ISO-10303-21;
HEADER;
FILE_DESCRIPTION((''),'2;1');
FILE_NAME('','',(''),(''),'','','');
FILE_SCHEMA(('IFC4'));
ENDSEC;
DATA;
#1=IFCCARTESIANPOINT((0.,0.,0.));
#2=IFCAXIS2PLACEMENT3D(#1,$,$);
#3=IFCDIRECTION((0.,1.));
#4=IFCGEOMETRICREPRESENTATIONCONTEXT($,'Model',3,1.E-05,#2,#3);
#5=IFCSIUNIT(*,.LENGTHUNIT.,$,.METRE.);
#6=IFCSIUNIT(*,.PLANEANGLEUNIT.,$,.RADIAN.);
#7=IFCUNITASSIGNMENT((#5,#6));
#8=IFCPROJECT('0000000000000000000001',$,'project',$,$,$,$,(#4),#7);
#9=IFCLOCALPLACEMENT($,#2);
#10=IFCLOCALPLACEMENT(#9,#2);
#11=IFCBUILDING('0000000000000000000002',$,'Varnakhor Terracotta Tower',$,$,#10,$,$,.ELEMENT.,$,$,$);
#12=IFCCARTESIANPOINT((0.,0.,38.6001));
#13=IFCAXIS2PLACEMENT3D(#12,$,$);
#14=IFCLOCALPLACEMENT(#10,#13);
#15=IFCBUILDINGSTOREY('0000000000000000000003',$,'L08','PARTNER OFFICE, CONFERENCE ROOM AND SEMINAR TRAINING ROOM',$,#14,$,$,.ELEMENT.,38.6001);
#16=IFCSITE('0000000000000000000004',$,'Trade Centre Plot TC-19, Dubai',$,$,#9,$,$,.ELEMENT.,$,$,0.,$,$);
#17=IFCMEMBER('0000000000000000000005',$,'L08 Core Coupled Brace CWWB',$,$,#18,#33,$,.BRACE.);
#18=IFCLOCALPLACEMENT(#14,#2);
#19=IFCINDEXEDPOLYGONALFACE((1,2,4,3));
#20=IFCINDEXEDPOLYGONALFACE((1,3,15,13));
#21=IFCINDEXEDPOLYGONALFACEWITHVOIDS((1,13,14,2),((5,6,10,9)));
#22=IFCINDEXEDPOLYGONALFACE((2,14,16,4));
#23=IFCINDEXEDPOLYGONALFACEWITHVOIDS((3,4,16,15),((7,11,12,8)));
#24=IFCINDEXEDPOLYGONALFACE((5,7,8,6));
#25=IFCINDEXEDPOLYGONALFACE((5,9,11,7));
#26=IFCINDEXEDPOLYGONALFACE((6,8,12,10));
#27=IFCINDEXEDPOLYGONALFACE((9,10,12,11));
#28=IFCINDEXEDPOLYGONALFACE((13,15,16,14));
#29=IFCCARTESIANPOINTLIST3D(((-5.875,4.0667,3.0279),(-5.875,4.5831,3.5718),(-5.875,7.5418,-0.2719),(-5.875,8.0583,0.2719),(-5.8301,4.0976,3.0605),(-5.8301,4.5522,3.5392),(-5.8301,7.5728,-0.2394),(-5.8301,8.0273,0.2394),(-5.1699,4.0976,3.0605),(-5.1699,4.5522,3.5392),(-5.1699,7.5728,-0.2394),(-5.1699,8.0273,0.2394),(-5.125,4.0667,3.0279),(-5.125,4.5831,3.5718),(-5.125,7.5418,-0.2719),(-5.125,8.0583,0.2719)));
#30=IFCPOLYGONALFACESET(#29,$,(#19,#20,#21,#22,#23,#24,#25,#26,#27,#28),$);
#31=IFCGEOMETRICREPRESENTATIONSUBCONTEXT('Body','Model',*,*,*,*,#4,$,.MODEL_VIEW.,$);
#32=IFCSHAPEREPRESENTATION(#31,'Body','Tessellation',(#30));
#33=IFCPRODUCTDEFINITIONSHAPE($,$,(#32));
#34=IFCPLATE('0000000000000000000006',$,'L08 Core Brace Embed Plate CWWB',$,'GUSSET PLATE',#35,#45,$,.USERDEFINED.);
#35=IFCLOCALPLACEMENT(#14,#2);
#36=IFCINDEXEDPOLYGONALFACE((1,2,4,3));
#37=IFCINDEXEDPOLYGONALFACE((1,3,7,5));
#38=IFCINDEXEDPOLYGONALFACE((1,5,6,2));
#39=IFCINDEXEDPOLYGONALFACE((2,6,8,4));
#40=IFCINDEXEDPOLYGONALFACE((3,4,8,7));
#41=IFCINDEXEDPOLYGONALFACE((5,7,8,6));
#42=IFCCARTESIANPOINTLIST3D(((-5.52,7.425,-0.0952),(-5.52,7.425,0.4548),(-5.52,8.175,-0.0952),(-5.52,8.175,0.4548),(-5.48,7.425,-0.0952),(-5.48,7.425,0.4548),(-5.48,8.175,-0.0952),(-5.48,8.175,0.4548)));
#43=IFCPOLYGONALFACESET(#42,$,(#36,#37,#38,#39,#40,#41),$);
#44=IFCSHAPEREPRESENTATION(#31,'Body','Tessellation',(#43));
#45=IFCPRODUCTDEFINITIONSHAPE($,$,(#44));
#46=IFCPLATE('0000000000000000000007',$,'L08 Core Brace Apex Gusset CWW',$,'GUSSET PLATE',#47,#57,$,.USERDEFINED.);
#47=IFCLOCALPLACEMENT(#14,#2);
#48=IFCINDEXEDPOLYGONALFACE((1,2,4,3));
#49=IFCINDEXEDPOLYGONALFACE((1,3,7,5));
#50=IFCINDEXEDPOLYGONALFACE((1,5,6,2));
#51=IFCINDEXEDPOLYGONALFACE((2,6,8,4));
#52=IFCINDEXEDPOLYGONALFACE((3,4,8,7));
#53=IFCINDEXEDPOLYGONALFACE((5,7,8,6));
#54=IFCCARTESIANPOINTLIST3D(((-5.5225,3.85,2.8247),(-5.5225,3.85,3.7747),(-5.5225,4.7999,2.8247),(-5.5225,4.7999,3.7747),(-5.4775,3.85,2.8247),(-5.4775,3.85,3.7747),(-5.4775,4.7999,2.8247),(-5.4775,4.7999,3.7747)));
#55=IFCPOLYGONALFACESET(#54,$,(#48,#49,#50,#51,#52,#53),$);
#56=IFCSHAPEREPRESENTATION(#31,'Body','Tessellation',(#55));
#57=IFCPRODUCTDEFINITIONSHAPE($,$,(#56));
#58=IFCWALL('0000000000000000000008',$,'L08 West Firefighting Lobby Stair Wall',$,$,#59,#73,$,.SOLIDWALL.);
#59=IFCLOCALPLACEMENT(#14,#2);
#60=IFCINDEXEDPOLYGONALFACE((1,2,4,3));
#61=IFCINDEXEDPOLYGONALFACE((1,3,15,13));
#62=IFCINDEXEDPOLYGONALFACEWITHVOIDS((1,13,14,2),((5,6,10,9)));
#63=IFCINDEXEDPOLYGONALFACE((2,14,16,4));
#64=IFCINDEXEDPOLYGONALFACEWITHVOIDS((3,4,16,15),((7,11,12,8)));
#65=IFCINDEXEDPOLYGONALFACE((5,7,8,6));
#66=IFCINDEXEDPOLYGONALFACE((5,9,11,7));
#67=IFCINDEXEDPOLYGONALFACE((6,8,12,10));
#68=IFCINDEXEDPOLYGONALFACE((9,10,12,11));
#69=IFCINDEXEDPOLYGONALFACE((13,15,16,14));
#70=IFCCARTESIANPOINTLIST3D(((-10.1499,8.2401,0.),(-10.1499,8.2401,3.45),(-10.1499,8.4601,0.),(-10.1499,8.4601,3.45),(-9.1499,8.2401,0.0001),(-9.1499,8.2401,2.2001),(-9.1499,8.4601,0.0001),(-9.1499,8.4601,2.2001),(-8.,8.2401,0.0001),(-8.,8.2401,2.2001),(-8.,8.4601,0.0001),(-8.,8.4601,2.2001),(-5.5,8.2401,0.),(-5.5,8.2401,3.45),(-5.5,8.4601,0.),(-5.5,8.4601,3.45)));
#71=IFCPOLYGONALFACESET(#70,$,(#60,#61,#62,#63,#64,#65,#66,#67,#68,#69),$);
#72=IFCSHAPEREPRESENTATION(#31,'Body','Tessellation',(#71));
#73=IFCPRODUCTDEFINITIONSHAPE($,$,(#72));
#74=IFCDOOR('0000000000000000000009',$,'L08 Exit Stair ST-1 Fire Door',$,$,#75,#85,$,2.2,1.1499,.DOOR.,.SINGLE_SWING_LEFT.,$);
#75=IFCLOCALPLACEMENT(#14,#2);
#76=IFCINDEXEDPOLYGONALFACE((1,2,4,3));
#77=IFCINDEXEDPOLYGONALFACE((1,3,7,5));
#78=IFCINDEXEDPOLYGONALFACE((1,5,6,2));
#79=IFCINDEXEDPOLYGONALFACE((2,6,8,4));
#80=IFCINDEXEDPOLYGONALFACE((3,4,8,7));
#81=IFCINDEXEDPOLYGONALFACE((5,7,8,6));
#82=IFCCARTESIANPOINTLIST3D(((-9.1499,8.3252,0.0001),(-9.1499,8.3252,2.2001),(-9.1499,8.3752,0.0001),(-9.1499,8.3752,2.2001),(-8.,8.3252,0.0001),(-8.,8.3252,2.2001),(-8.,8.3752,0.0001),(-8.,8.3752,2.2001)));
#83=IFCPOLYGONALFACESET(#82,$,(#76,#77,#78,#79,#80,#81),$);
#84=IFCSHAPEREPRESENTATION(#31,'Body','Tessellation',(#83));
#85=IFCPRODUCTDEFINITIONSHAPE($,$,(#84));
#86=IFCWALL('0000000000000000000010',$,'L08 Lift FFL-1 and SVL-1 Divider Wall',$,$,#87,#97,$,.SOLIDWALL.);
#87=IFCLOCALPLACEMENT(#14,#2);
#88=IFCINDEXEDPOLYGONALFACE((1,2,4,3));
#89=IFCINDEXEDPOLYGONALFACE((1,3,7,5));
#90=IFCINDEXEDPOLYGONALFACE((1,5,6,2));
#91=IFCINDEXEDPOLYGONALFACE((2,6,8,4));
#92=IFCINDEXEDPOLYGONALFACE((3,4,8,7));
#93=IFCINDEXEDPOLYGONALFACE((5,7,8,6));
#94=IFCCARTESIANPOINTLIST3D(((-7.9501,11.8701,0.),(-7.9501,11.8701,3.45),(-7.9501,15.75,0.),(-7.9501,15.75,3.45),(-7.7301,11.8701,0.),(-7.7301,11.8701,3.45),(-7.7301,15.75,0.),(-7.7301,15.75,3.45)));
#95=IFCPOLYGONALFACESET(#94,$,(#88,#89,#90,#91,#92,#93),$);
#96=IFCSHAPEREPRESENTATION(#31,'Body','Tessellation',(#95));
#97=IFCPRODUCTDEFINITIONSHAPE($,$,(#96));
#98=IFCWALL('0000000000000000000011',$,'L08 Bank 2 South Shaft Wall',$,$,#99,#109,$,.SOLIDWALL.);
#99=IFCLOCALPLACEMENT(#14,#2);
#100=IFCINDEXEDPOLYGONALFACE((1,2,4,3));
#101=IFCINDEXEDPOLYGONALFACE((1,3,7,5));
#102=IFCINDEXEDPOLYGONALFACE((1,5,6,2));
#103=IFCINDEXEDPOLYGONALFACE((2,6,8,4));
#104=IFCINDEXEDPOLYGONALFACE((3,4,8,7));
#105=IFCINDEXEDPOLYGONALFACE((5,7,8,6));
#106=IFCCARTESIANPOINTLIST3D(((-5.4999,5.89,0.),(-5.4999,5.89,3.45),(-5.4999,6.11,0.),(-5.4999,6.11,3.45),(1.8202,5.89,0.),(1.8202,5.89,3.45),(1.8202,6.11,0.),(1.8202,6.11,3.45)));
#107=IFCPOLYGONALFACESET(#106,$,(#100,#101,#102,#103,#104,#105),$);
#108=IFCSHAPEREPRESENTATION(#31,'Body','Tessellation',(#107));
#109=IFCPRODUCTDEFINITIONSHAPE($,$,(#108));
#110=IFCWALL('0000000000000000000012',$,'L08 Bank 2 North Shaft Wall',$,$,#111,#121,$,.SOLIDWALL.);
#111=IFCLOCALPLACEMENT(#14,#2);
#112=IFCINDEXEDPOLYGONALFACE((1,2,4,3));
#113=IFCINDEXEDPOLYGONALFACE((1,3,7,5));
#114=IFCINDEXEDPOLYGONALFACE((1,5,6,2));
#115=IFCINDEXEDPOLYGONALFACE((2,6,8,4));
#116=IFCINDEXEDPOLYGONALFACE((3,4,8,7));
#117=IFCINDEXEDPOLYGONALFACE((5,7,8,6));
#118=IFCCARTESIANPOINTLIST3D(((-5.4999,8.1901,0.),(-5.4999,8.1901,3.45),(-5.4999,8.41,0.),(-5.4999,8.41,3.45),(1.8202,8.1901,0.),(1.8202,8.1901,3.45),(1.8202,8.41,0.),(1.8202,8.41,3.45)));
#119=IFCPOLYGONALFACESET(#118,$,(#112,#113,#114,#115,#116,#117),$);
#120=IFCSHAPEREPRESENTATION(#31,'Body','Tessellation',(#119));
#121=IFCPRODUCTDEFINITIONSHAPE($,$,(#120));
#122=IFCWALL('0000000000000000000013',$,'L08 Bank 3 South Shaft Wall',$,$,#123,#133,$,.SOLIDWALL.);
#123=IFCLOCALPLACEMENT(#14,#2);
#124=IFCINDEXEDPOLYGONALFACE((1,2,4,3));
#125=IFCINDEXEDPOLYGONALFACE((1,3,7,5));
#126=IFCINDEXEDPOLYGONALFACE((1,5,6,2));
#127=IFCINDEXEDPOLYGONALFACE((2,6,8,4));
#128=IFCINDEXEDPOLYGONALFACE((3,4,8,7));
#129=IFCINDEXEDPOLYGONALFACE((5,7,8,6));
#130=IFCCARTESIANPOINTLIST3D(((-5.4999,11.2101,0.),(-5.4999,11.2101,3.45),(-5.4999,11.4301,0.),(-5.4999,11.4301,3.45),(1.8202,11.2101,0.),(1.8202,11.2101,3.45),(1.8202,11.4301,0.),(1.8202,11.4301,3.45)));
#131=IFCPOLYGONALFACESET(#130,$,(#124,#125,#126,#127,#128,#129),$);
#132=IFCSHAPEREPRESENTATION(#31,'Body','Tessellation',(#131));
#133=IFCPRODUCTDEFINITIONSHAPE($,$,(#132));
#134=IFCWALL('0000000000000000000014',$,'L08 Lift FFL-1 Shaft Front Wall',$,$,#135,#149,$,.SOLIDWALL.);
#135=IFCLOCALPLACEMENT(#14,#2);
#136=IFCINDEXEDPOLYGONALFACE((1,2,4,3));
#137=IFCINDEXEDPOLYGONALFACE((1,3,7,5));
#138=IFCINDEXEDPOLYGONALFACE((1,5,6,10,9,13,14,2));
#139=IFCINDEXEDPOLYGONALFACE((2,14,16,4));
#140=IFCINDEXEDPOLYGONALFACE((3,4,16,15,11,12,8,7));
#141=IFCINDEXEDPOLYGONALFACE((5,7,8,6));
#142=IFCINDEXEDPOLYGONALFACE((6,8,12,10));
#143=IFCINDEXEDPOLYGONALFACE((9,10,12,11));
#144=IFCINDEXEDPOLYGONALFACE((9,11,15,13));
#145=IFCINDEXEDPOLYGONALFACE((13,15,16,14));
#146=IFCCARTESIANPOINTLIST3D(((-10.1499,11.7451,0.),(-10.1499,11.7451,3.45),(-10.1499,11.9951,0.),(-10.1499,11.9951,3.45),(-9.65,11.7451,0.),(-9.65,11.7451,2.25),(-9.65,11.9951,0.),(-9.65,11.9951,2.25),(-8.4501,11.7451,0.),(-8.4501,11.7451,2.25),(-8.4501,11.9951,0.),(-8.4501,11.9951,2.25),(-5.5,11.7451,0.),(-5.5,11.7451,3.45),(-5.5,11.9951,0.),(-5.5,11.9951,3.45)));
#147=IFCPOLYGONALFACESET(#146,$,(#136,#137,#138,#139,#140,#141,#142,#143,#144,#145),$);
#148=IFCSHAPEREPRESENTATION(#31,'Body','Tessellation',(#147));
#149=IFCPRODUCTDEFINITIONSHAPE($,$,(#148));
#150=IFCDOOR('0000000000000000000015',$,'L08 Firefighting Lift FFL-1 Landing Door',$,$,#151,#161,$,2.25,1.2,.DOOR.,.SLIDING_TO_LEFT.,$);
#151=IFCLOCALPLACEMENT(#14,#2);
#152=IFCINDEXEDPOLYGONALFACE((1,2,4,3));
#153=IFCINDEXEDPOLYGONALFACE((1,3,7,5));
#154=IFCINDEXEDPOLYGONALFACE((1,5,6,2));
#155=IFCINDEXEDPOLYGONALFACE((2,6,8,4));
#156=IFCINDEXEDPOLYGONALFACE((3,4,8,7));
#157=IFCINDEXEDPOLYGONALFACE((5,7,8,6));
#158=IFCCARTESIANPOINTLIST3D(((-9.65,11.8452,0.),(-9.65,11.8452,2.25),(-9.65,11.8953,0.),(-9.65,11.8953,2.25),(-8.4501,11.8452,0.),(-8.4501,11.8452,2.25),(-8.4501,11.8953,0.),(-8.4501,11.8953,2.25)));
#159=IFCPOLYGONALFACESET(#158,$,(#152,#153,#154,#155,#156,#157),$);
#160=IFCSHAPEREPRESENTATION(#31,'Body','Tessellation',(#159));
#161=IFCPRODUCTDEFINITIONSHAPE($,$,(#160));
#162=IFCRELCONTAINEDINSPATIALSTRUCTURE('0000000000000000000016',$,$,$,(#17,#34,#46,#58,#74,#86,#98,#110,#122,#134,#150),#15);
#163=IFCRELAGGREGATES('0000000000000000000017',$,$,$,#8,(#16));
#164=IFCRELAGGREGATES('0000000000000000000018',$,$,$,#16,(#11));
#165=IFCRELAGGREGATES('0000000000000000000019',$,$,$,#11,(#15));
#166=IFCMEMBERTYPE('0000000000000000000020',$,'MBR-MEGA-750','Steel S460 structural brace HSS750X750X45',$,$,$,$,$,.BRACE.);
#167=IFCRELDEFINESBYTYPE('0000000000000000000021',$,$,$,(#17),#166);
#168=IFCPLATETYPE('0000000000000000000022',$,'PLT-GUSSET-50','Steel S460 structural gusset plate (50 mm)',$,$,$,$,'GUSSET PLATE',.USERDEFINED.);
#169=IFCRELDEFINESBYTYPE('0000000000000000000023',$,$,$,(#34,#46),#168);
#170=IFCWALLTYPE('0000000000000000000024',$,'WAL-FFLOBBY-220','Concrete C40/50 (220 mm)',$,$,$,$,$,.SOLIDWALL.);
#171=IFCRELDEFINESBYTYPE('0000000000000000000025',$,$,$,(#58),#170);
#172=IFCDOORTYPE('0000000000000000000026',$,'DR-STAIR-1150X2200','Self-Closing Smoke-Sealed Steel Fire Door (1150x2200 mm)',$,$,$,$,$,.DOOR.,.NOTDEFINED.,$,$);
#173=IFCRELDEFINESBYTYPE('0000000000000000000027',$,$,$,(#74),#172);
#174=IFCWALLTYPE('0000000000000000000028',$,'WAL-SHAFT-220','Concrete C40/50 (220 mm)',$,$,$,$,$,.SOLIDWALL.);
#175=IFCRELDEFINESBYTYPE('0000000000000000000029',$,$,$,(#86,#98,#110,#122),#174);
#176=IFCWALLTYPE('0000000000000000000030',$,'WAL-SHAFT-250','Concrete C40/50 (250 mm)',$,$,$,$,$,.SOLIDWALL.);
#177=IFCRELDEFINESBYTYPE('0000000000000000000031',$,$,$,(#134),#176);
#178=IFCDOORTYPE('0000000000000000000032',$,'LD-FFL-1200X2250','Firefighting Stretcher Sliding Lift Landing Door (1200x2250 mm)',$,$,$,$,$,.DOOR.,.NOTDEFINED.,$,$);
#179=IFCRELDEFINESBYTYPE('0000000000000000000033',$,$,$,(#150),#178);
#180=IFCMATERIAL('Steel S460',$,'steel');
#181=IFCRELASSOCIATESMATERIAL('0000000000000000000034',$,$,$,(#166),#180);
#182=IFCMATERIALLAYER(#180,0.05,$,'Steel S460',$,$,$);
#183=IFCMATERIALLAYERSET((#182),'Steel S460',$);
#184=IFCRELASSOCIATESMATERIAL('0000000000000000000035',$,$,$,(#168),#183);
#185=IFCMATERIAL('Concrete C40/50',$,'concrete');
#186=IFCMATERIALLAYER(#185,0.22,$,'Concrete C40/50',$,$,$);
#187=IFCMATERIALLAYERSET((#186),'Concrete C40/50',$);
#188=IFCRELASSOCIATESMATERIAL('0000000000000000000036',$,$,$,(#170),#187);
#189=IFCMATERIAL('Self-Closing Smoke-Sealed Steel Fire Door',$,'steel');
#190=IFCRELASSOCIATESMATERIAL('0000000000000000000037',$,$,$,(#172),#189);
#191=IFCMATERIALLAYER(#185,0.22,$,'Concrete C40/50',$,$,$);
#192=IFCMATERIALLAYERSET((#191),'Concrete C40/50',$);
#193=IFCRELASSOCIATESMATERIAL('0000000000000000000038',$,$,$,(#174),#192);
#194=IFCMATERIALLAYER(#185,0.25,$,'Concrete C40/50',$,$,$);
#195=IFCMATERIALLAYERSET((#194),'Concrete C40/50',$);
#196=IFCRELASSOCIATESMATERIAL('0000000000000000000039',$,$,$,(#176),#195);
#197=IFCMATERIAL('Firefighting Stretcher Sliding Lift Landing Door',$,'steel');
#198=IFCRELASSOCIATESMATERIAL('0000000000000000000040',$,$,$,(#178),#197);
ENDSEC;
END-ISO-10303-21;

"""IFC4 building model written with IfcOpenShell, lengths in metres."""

from ifc_helpers import new_model, si_unit, direction, frame, frame_2d, origin, origin_2d, place, context, subcontext, project, spatial, rectangle, hollow_rectangle, extrude, source, transform, mapped, material, layer, layer_set, material_profile, profile_set, type_object, type_shapes, element, fill, save


model = new_model("IFC4")

# Units and contexts
model_context = context("Model", 3, precision=1e-05, world=origin(), true_north=direction((0.0, 1.0)))
body_context = subcontext(model_context, "Body", "Model", "MODEL_VIEW")
ifc_project = project(units=[si_unit("LENGTHUNIT", "METRE"), si_unit("PLANEANGLEUNIT", "RADIAN")], contexts=[model_context])

# Site, building, storey
site_placement = place(None, origin())
site = spatial("IfcSite", under=ifc_project, at=site_placement, Name="Trade Centre Plot TC-19, Dubai", CompositionType="ELEMENT", RefElevation=0.0)
building_placement = place(site_placement, origin())
building = spatial("IfcBuilding", under=site, at=building_placement, Name="Varnakhor Terracotta Tower", CompositionType="ELEMENT")
storey_placement = place(building_placement, frame((0.0, 0.0, 38.6001)))
storey = spatial("IfcBuildingStorey", under=building, at=storey_placement, Name="L08", Description="PARTNER OFFICE, CONFERENCE ROOM AND SEMINAR TRAINING ROOM", CompositionType="ELEMENT", Elevation=38.6001)

# Member
ifc_material_1 = material(Name="Steel S460", Category="steel")
ifc_material_profile = material_profile(ifc_material_1, hollow_rectangle(XDim=0.75, YDim=0.75, WallThickness=0.0449, at=origin_2d()), Name="HSS750X750X45")
ifc_profile_set = profile_set([ifc_material_profile], Name="Steel S460")
member_type = type_object("IfcMemberType", Name="MBR-MEGA-750", Description="Steel S460 structural brace HSS750X750X45", PredefinedType="BRACE", material=ifc_profile_set)
shared_shape_1 = source(origin(), body_context, "Body", "SweptSolid", [
    extrude(hollow_rectangle(XDim=0.75, YDim=0.75, WallThickness=0.0449, at=origin_2d()), origin(), (0.0, 0.0, 1.0), 4.7922),
])
member_placement = place(storey_placement, frame((-5.5, 7.8, 0.0), z_axis=(0.0, -0.72516, 0.688581), x_axis=(1.0, 0.0, 0.0)))
element("IfcMember", 1, at=member_placement, inside=storey, type_object=member_type, Name="L08 Core Coupled Brace CWWB", PredefinedType="BRACE", context=body_context, shape_type="MappedRepresentation", body=[
    mapped(shared_shape_1, transform((0.0, 0.0, 0.0), scale=1.0)),
])

# Plates
ifc_layer_1 = layer(ifc_material_1, 0.05, Name="Steel S460")
ifc_layer_set_1 = layer_set([ifc_layer_1], Name="Steel S460")
plate_type = type_object("IfcPlateType", Name="PLT-GUSSET-50", Description="Steel S460 structural gusset plate (50 mm)", ElementType="GUSSET PLATE", PredefinedType="USERDEFINED", material=ifc_layer_set_1)
shared_shape_2 = source(origin(), body_context, "Body", "SweptSolid", [
    extrude(rectangle(XDim=0.75, YDim=0.04, at=origin_2d()), origin(), (0.0, 0.0, 1.0), 0.55),
])
type_shapes(plate_type, [shared_shape_2])
plate_1_placement = place(storey_placement, frame((-5.5, 7.8, -0.0952), z_axis=(0.0, 0.0, 1.0), x_axis=(0.0, 1.0, 0.0)))
element("IfcPlate", 2, at=plate_1_placement, inside=storey, type_object=plate_type, Name="L08 Core Brace Embed Plate CWWB", ObjectType="GUSSET PLATE", PredefinedType="USERDEFINED", context=body_context, shape_type="MappedRepresentation", body=[
    mapped(shared_shape_2, transform((0.0, 0.0, 0.0), scale=1.0)),
])
shared_shape_3 = source(origin(), body_context, "Body", "SweptSolid", [
    extrude(rectangle(XDim=0.95, YDim=0.0449, at=origin_2d()), origin(), (0.0, 0.0, 1.0), 0.95),
])
plate_2_placement = place(storey_placement, frame((-5.5, 4.325, 2.8247), z_axis=(0.0, 0.0, 1.0), x_axis=(0.0, 1.0, 0.0)))
element("IfcPlate", 3, at=plate_2_placement, inside=storey, type_object=plate_type, Name="L08 Core Brace Apex Gusset CWW", ObjectType="GUSSET PLATE", PredefinedType="USERDEFINED", context=body_context, shape_type="MappedRepresentation", body=[
    mapped(shared_shape_3, transform((0.0, 0.0, 0.0), scale=1.0)),
])

# Wall, opening, door
ifc_material_2 = material(Name="Concrete C40/50", Category="concrete")
ifc_layer_2 = layer(ifc_material_2, 0.22, Name="Concrete C40/50")
ifc_layer_set_2 = layer_set([ifc_layer_2], Name="Concrete C40/50")
wall_type_1 = type_object("IfcWallType", Name="WAL-FFLOBBY-220", Description="Concrete C40/50 (220 mm)", PredefinedType="SOLIDWALL", material=ifc_layer_set_2)
wall_1_placement = place(storey_placement, frame((-5.5, 8.3501, 0.0), z_axis=(0.0, 0.0, 1.0), x_axis=(-1.0, 0.0, 0.0)))
wall_1 = element("IfcWall", 4, at=wall_1_placement, inside=storey, type_object=wall_type_1, Name="L08 West Firefighting Lobby Stair Wall", PredefinedType="SOLIDWALL", context=body_context, shape_type="SweptSolid", body=[
    extrude(rectangle(XDim=4.6499, YDim=0.22, at=frame_2d((2.325, 0.0))), origin(), (0.0, 0.0, 1.0), 3.45),
])
opening_1_placement = place(wall_1_placement, frame((2.5, 0.0, 0.0)))
opening_1 = element("IfcOpeningElement", 5, at=opening_1_placement, cuts=wall_1, PredefinedType="OPENING", context=body_context, shape_type="SweptSolid", body=[
    extrude(rectangle(XDim=1.1499, YDim=2.2, at=frame_2d((0.575, 1.1001))), frame((0.0, 0.1201, 0.0), z_axis=(0.0, -1.0, 0.0), x_axis=(1.0, 0.0, 0.0)), (0.0, 0.0, 1.0), 0.24),
])
ifc_material_3 = material(Name="Self-Closing Smoke-Sealed Steel Fire Door", Category="steel")
door_type_1 = type_object("IfcDoorType", Name="DR-STAIR-1150X2200", Description="Self-Closing Smoke-Sealed Steel Fire Door (1150x2200 mm)", OperationType="NOTDEFINED", PredefinedType="DOOR", material=ifc_material_3)
shared_shape_4 = source(origin(), body_context, "Body", "SweptSolid", [
    extrude(rectangle(XDim=1.1499, YDim=2.2, at=frame_2d((0.575, 1.1001))), frame((0.0, 0.0249, 0.0), z_axis=(0.0, -1.0, 0.0), x_axis=(1.0, 0.0, 0.0)), (0.0, 0.0, 1.0), 0.05),
])
type_shapes(door_type_1, [shared_shape_4])
door_1_placement = place(opening_1_placement, origin())
door_1 = element("IfcDoor", 6, at=door_1_placement, inside=storey, type_object=door_type_1, Name="L08 Exit Stair ST-1 Fire Door", OperationType="SINGLE_SWING_LEFT", OverallHeight=2.2, OverallWidth=1.1499, PredefinedType="DOOR", context=body_context, shape_type="MappedRepresentation", body=[
    mapped(shared_shape_4, transform((0.0, 0.0, 0.0), scale=1.0)),
])
fill(opening_1, door_1)

# Walls
ifc_layer_3 = layer(ifc_material_2, 0.22, Name="Concrete C40/50")
ifc_layer_set_3 = layer_set([ifc_layer_3], Name="Concrete C40/50")
wall_type_2 = type_object("IfcWallType", Name="WAL-SHAFT-220", Description="Concrete C40/50 (220 mm)", PredefinedType="SOLIDWALL", material=ifc_layer_set_3)
wall_2_placement = place(storey_placement, frame((-7.8401, 11.8701, 0.0), z_axis=(0.0, 0.0, 1.0), x_axis=(0.0, 1.0, 0.0)))
element("IfcWall", 7, at=wall_2_placement, inside=storey, type_object=wall_type_2, Name="L08 Lift FFL-1 and SVL-1 Divider Wall", PredefinedType="SOLIDWALL", context=body_context, shape_type="SweptSolid", body=[
    extrude(rectangle(XDim=3.8799, YDim=0.22, at=frame_2d((1.9399, 0.0))), origin(), (0.0, 0.0, 1.0), 3.45),
])
for number, where, z_axis, x_axis, name in (
    (8, (-5.5, 6.0, 0.0), (0.0, 0.0, 1.0), (1.0, 0.0, 0.0), "L08 Bank 2 South Shaft Wall"),
    (9, (-5.5, 8.3, 0.0), (0.0, 0.0, 1.0), (1.0, 0.0, 0.0), "L08 Bank 2 North Shaft Wall"),
    (10, (-5.5, 11.3201, 0.0), (0.0, 0.0, 1.0), (1.0, 0.0, 0.0), "L08 Bank 3 South Shaft Wall"),
):
    element("IfcWall", number, at=place(storey_placement, frame(where, z_axis=z_axis, x_axis=x_axis)), inside=storey, type_object=wall_type_2, Name=name, PredefinedType="SOLIDWALL", context=body_context, shape_type="SweptSolid", body=[
        extrude(rectangle(XDim=7.3201, YDim=0.22, at=frame_2d((3.6602, 0.0))), origin(), (0.0, 0.0, 1.0), 3.45),
    ])

# Wall, opening, door
ifc_layer_4 = layer(ifc_material_2, 0.25, Name="Concrete C40/50")
ifc_layer_set_4 = layer_set([ifc_layer_4], Name="Concrete C40/50")
wall_type_3 = type_object("IfcWallType", Name="WAL-SHAFT-250", Description="Concrete C40/50 (250 mm)", PredefinedType="SOLIDWALL", material=ifc_layer_set_4)
wall_3_placement = place(storey_placement, frame((-5.5, 11.8701, 0.0), z_axis=(0.0, 0.0, 1.0), x_axis=(-1.0, 0.0, 0.0)))
wall_3 = element("IfcWall", 11, at=wall_3_placement, inside=storey, type_object=wall_type_3, Name="L08 Lift FFL-1 Shaft Front Wall", PredefinedType="SOLIDWALL", context=body_context, shape_type="SweptSolid", body=[
    extrude(rectangle(XDim=4.6499, YDim=0.25, at=frame_2d((2.325, 0.0))), origin(), (0.0, 0.0, 1.0), 3.45),
])
opening_2_placement = place(wall_3_placement, frame((2.95, 0.0, 0.0)))
opening_2 = element("IfcOpeningElement", 12, at=opening_2_placement, cuts=wall_3, PredefinedType="OPENING", context=body_context, shape_type="SweptSolid", body=[
    extrude(rectangle(XDim=1.2, YDim=2.25, at=frame_2d((0.6001, 1.125))), frame((0.0, 0.135, 0.0), z_axis=(0.0, -1.0, 0.0), x_axis=(1.0, 0.0, 0.0)), (0.0, 0.0, 1.0), 0.27),
])
ifc_material_4 = material(Name="Firefighting Stretcher Sliding Lift Landing Door", Category="steel")
door_type_2 = type_object("IfcDoorType", Name="LD-FFL-1200X2250", Description="Firefighting Stretcher Sliding Lift Landing Door (1200x2250 mm)", OperationType="NOTDEFINED", PredefinedType="DOOR", material=ifc_material_4)
shared_shape_5 = source(origin(), body_context, "Body", "SweptSolid", [
    extrude(rectangle(XDim=1.2, YDim=2.25, at=frame_2d((0.6001, 1.125))), frame((0.0, 0.0249, 0.0), z_axis=(0.0, -1.0, 0.0), x_axis=(1.0, 0.0, 0.0)), (0.0, 0.0, 1.0), 0.05),
])
type_shapes(door_type_2, [shared_shape_5])
door_2_placement = place(opening_2_placement, origin())
door_2 = element("IfcDoor", 13, at=door_2_placement, inside=storey, type_object=door_type_2, Name="L08 Firefighting Lift FFL-1 Landing Door", OperationType="SLIDING_TO_LEFT", OverallHeight=2.25, OverallWidth=1.2, PredefinedType="DOOR", context=body_context, shape_type="MappedRepresentation", body=[
    mapped(shared_shape_5, transform((0.0, 0.0, 0.0), scale=1.0)),
])
fill(opening_2, door_2)

save(model, "model.ifc")
